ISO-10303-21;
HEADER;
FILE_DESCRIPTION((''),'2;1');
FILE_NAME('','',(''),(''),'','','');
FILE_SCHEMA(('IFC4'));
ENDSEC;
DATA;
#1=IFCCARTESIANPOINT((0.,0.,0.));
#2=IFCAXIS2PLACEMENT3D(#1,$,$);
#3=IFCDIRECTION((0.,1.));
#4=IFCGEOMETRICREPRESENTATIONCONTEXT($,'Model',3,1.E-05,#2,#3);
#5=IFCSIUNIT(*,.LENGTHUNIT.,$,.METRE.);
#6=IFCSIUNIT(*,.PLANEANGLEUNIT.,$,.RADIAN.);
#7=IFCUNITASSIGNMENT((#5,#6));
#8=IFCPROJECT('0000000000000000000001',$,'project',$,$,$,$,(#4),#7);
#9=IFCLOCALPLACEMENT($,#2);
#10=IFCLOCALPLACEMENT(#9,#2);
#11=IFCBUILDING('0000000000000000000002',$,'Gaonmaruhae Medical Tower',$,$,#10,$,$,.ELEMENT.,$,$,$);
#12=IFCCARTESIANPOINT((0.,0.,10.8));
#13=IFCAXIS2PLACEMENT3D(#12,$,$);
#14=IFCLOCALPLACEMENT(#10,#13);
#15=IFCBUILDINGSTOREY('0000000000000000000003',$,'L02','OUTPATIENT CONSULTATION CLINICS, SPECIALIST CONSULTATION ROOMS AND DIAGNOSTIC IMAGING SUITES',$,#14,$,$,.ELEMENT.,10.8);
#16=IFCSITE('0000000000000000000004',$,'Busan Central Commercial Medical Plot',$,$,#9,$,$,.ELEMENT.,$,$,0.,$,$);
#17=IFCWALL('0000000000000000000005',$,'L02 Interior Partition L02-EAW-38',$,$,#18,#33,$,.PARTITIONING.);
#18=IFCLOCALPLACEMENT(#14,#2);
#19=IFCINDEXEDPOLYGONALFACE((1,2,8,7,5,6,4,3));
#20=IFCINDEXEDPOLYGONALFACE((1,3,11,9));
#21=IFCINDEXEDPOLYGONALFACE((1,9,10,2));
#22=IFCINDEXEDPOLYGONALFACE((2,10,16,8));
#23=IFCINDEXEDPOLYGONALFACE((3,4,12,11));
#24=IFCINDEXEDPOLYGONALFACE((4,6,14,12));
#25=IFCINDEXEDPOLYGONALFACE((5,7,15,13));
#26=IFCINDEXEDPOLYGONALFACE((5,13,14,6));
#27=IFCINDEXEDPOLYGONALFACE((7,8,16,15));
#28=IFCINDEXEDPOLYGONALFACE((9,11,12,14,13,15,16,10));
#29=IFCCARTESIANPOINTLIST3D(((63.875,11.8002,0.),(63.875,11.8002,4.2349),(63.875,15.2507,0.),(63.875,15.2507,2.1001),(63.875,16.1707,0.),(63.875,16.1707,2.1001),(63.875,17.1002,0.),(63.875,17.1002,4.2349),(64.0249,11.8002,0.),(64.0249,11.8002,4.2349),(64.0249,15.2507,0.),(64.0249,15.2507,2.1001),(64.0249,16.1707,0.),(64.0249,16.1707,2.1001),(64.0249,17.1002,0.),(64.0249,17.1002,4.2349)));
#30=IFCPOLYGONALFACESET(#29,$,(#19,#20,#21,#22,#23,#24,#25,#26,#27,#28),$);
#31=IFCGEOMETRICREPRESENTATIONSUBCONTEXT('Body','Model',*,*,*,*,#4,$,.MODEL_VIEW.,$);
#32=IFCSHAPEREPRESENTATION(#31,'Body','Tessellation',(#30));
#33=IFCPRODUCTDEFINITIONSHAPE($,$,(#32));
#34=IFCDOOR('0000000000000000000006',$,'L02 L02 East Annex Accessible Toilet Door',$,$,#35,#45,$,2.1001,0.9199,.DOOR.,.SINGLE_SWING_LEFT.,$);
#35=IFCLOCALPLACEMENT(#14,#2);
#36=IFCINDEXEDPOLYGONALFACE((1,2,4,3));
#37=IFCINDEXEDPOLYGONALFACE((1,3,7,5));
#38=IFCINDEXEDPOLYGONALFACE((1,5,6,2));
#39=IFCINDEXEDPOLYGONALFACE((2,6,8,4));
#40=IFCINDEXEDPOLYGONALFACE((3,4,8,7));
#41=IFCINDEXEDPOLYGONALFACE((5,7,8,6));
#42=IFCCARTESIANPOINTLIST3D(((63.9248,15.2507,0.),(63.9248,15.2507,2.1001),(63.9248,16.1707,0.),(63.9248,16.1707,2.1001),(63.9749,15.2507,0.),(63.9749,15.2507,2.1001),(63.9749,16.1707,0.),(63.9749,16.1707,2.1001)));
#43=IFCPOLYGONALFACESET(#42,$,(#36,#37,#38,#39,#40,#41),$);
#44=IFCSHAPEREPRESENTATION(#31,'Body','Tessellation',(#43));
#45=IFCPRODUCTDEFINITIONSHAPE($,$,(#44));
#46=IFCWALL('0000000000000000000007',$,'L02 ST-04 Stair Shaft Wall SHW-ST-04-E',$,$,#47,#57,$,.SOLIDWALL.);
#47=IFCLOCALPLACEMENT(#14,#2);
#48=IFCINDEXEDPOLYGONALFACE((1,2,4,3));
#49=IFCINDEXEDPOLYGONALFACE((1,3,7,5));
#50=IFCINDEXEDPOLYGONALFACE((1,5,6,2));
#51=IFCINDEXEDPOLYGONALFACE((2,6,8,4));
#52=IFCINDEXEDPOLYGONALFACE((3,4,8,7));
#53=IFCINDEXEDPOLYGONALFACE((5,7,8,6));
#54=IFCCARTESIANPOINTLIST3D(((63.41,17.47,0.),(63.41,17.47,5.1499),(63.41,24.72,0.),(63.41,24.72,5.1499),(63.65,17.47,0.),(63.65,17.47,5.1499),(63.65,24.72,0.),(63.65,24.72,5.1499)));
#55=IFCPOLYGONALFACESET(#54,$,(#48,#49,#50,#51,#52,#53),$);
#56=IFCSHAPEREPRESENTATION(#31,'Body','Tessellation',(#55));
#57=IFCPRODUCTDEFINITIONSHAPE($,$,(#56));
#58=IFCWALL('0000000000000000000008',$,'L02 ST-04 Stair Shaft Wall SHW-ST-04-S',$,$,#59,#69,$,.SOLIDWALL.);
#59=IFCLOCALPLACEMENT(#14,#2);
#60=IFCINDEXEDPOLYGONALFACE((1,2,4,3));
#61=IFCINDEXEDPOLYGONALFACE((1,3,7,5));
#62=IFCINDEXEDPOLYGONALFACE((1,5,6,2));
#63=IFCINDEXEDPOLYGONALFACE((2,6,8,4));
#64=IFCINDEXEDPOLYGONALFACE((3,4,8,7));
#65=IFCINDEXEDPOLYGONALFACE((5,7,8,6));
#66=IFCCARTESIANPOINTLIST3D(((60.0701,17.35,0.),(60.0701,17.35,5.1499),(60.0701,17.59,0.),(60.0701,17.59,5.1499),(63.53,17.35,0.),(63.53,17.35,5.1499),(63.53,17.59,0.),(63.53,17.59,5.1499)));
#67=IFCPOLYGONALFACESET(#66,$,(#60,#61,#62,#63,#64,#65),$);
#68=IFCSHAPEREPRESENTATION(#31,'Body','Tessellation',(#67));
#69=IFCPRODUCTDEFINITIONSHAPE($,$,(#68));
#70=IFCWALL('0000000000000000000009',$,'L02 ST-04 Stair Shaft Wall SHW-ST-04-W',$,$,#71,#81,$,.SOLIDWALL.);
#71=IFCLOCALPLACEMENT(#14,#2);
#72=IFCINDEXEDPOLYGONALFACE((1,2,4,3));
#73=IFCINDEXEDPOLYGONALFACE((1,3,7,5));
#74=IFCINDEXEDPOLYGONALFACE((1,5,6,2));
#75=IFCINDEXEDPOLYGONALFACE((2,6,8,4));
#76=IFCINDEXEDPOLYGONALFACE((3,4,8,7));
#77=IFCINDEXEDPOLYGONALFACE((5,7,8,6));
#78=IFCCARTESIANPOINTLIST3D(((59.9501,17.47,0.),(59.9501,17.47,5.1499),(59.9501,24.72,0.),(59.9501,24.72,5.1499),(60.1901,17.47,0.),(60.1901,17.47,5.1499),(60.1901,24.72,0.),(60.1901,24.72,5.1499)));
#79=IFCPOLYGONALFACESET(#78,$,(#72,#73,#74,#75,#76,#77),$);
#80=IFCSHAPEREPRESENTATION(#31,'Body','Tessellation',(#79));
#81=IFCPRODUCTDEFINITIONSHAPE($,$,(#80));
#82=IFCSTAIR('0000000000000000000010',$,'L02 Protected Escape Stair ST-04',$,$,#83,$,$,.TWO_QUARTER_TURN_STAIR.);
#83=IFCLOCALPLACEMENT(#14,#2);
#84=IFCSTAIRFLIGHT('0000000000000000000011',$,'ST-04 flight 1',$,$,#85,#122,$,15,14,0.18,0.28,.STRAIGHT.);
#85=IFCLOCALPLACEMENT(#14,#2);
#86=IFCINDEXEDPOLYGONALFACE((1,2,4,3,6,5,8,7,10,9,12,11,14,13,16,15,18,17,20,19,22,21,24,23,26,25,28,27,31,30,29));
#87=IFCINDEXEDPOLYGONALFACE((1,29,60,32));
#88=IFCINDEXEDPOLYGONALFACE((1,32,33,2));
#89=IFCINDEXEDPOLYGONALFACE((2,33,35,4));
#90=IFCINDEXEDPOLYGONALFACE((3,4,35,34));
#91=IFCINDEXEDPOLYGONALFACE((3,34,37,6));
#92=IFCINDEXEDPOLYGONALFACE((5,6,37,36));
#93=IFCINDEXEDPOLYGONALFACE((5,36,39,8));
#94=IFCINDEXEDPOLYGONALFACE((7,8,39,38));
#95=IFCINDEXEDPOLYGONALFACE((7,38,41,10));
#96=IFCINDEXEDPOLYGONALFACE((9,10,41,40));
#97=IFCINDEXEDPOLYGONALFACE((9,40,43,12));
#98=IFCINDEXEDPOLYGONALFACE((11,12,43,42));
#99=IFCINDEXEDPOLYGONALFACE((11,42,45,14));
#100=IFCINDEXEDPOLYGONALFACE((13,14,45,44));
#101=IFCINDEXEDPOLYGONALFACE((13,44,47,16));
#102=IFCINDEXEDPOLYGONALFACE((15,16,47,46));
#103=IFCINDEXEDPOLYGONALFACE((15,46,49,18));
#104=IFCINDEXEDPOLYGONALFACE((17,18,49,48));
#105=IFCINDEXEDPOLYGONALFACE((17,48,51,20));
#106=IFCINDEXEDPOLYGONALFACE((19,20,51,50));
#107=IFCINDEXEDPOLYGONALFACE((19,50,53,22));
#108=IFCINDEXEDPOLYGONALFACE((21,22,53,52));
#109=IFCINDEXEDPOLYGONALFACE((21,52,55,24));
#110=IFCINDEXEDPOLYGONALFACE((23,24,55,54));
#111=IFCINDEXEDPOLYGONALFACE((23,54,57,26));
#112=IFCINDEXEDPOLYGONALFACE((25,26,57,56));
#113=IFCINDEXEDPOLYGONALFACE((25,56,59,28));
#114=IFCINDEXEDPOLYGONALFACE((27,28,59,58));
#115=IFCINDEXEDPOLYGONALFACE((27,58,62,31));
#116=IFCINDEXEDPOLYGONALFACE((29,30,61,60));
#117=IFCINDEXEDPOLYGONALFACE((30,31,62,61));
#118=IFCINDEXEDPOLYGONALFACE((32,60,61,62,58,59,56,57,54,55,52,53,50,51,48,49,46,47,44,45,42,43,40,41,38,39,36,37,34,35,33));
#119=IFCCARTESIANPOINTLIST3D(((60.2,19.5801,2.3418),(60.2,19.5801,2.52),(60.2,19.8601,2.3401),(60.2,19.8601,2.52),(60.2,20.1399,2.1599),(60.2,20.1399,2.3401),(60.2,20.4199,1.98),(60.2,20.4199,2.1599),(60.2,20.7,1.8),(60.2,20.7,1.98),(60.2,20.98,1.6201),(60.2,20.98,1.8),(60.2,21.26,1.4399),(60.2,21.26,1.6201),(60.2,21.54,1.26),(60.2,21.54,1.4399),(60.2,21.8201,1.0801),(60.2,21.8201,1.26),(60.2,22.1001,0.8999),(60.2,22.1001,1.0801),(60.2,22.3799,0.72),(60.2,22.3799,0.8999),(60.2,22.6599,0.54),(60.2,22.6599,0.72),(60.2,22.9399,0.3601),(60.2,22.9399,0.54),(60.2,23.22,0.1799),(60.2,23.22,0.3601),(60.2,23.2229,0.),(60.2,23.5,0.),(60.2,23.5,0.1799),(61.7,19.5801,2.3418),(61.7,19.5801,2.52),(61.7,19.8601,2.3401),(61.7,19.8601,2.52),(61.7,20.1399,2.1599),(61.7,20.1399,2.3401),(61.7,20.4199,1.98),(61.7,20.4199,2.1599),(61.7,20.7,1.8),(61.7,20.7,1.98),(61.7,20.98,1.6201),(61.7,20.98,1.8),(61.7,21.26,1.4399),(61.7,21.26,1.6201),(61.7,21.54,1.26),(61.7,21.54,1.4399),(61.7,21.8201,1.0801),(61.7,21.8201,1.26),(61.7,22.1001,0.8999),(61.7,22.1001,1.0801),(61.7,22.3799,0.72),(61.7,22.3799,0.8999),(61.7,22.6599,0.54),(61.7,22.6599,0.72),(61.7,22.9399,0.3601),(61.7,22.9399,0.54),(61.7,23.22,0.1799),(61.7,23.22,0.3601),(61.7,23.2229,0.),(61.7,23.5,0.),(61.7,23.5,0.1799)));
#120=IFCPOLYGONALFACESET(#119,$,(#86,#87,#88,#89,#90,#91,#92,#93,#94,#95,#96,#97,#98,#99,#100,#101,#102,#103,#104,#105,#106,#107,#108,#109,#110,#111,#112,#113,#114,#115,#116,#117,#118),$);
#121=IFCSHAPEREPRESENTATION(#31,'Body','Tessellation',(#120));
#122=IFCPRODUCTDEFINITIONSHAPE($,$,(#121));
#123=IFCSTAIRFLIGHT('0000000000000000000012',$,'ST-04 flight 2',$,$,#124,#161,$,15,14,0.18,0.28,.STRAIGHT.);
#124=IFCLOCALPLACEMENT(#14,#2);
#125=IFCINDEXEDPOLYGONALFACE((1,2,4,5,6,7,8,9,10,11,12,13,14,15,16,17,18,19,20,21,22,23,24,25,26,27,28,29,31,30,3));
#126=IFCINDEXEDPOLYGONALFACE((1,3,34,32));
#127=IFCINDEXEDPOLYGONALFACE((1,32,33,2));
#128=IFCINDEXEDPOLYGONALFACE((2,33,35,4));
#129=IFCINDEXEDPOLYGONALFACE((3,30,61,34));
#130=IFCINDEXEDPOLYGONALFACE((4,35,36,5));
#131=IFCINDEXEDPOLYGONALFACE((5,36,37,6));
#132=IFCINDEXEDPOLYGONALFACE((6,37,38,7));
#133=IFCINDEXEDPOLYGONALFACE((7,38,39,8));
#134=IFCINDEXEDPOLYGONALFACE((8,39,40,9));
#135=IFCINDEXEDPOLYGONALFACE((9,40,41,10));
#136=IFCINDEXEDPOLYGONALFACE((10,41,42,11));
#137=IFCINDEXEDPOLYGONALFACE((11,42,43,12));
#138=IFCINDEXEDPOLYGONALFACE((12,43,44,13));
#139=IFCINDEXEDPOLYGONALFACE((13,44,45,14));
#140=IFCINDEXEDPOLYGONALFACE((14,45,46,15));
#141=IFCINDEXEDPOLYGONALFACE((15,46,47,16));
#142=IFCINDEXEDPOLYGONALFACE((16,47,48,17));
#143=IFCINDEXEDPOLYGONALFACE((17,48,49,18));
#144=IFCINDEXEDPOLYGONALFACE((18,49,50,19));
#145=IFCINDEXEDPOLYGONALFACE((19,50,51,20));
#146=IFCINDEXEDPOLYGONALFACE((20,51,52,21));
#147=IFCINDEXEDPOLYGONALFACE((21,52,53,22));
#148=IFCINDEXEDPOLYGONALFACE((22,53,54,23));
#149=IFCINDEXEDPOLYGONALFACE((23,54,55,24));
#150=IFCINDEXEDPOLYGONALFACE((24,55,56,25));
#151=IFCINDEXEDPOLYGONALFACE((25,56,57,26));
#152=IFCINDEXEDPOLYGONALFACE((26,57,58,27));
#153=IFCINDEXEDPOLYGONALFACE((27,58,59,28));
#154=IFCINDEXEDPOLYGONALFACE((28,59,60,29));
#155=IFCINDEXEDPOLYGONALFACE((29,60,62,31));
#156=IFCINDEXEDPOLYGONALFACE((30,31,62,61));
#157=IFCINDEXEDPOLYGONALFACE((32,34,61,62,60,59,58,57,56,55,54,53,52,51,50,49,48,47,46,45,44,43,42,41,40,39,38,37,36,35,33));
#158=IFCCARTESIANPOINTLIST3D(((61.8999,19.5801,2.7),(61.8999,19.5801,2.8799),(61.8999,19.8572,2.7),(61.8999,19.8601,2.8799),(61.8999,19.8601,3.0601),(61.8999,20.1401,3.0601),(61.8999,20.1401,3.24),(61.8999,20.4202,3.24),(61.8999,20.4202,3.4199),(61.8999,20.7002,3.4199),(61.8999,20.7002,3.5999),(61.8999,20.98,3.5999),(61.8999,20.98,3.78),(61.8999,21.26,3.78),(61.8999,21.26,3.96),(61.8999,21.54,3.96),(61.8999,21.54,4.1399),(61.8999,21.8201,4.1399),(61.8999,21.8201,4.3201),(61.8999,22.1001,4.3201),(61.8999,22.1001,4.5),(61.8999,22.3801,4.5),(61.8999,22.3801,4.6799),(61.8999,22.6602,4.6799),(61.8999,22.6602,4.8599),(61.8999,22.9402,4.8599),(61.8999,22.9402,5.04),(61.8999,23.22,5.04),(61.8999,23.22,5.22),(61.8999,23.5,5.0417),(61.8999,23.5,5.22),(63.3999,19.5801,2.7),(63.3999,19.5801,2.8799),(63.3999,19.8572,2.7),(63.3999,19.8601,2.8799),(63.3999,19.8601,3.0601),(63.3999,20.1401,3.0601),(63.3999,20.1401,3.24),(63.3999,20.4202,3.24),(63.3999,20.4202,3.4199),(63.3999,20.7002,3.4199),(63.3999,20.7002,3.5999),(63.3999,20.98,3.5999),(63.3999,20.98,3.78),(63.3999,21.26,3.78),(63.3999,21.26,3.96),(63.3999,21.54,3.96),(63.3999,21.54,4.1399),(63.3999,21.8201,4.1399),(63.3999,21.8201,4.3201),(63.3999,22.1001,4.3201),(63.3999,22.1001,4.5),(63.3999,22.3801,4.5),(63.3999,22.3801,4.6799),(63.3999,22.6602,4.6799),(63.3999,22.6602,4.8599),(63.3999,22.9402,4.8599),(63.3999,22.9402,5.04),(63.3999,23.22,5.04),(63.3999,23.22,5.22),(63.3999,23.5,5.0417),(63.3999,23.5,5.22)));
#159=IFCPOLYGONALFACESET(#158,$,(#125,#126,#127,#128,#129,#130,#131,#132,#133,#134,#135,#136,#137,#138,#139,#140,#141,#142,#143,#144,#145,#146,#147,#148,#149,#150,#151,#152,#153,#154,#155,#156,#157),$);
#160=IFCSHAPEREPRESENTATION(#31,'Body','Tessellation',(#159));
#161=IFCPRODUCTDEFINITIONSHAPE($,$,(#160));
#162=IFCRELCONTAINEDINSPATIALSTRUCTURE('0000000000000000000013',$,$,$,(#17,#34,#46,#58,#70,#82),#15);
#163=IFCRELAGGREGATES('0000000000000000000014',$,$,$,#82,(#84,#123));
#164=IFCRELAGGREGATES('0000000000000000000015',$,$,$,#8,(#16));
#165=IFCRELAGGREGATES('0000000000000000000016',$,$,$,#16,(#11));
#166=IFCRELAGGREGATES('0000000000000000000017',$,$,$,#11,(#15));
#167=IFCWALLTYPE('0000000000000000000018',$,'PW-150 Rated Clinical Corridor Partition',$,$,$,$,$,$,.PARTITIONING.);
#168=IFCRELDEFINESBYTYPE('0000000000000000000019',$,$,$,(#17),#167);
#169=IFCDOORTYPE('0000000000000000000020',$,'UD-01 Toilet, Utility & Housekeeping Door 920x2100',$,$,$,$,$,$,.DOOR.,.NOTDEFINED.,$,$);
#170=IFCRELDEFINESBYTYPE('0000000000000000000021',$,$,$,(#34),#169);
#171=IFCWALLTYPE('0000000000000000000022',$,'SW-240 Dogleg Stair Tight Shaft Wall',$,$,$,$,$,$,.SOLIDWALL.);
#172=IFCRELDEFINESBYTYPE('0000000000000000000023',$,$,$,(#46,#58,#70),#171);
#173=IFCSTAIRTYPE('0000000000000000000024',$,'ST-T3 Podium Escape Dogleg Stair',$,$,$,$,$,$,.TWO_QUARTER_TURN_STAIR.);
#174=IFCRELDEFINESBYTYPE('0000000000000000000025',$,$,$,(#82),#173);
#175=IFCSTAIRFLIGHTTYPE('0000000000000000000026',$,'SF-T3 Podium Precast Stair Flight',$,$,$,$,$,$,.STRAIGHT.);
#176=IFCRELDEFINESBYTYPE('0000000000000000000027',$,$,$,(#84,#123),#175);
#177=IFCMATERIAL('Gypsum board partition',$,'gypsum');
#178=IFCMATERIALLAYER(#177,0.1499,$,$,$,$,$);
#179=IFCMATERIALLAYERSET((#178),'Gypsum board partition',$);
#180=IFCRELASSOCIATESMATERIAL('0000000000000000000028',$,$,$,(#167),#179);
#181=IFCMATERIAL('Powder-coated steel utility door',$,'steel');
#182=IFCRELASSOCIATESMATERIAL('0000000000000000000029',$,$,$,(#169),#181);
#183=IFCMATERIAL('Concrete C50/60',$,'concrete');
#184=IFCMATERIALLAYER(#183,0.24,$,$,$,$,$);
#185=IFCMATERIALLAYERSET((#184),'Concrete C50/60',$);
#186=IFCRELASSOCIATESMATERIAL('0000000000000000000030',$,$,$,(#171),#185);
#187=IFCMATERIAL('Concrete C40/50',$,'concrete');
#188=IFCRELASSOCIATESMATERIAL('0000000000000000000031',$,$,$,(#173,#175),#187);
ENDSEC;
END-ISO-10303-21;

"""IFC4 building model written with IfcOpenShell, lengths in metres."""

from ifc_helpers import new_model, si_unit, direction, frame, frame_2d, origin, place, context, subcontext, project, spatial, polyline, rectangle, outline, extrude, material, layer, layer_set, type_object, element, fill, aggregate, save


model = new_model("IFC4")

# Units and contexts
model_context = context("Model", 3, precision=1e-05, world=origin(), true_north=direction((0.0, 1.0)))
body_context = subcontext(model_context, "Body", "Model", "MODEL_VIEW")
ifc_project = project(units=[si_unit("LENGTHUNIT", "METRE"), si_unit("PLANEANGLEUNIT", "RADIAN")], contexts=[model_context])

# Site, building, storey
site_placement = place(None, origin())
site = spatial("IfcSite", under=ifc_project, at=site_placement, Name="Busan Central Commercial Medical Plot", CompositionType="ELEMENT", RefElevation=0.0)
building_placement = place(site_placement, origin())
building = spatial("IfcBuilding", under=site, at=building_placement, Name="Gaonmaruhae Medical Tower", CompositionType="ELEMENT")
storey_placement = place(building_placement, frame((0.0, 0.0, 10.8)))
storey = spatial("IfcBuildingStorey", under=building, at=storey_placement, Name="L02", Description="OUTPATIENT CONSULTATION CLINICS, SPECIALIST CONSULTATION ROOMS AND DIAGNOSTIC IMAGING SUITES", CompositionType="ELEMENT", Elevation=10.8)

# Shared definitions
ifc_material_1 = material(Name="Concrete C50/60", Category="concrete")

# Shared definitions
ifc_material_2 = material(Name="Gypsum board partition", Category="gypsum")
ifc_layer_1 = layer(ifc_material_2, 0.1499)
ifc_layer_set_1 = layer_set([ifc_layer_1], Name="Gypsum board partition")
wall_type_1 = type_object("IfcWallType", Name="PW-150 Rated Clinical Corridor Partition", PredefinedType="PARTITIONING", material=ifc_layer_set_1)

# Wall, opening, door
wall_1_placement = place(storey_placement, frame((63.95, 17.1001, 0.0), z_axis=(0.0, 0.0, 1.0), x_axis=(0.0, -1.0, 0.0)))
wall_1 = element("IfcWall", 1, at=wall_1_placement, inside=storey, type_object=wall_type_1, Name="L02 Interior Partition L02-EAW-38", PredefinedType="PARTITIONING", context=body_context, shape_type="SweptSolid", body=[
    extrude(rectangle(XDim=5.3, YDim=0.1499, at=frame_2d((2.6499, 0.0))), origin(), (0.0, 0.0, 1.0), 4.2349),
])
opening_1_placement = place(wall_1_placement, frame((0.9294, 0.0, 0.0)))
opening_1 = element("IfcOpeningElement", 2, at=opening_1_placement, cuts=wall_1, PredefinedType="OPENING", context=body_context, shape_type="SweptSolid", body=[
    extrude(rectangle(XDim=0.9199, YDim=2.1001, at=frame_2d((0.46, 1.05))), frame((0.0, 0.085, 0.0), z_axis=(0.0, -1.0, 0.0), x_axis=(1.0, 0.0, 0.0)), (0.0, 0.0, 1.0), 0.1699),
])
ifc_material_3 = material(Name="Powder-coated steel utility door", Category="steel")
door_type_1 = type_object("IfcDoorType", Name="UD-01 Toilet, Utility & Housekeeping Door 920x2100", OperationType="NOTDEFINED", PredefinedType="DOOR", material=ifc_material_3)
door_1_placement = place(opening_1_placement, origin())
door_1 = element("IfcDoor", 3, at=door_1_placement, inside=storey, type_object=door_type_1, Name="L02 L02 East Annex Accessible Toilet Door", OperationType="SINGLE_SWING_LEFT", OverallHeight=2.1001, OverallWidth=0.9199, PredefinedType="DOOR", context=body_context, shape_type="SweptSolid", body=[
    extrude(rectangle(XDim=0.9199, YDim=2.1001, at=frame_2d((0.46, 1.05))), frame((0.0, 0.0249, 0.0), z_axis=(0.0, -1.0, 0.0), x_axis=(1.0, 0.0, 0.0)), (0.0, 0.0, 1.0), 0.05),
])
fill(opening_1, door_1)

# Walls
ifc_layer_2 = layer(ifc_material_1, 0.24)
ifc_layer_set_2 = layer_set([ifc_layer_2], Name="Concrete C50/60")
wall_type_2 = type_object("IfcWallType", Name="SW-240 Dogleg Stair Tight Shaft Wall", PredefinedType="SOLIDWALL", material=ifc_layer_set_2)
wall_2_placement = place(storey_placement, frame((63.53, 24.72, 0.0), z_axis=(0.0, 0.0, 1.0), x_axis=(0.0, -1.0, 0.0)))
element("IfcWall", 4, at=wall_2_placement, inside=storey, type_object=wall_type_2, Name="L02 ST-04 Stair Shaft Wall SHW-ST-04-E", PredefinedType="SOLIDWALL", context=body_context, shape_type="SweptSolid", body=[
    extrude(rectangle(XDim=7.25, YDim=0.24, at=frame_2d((3.625, 0.0))), origin(), (0.0, 0.0, 1.0), 5.1499),
])
wall_3_placement = place(storey_placement, frame((63.53, 17.47, 0.0), z_axis=(0.0, 0.0, 1.0), x_axis=(-1.0, 0.0, 0.0)))
element("IfcWall", 5, at=wall_3_placement, inside=storey, type_object=wall_type_2, Name="L02 ST-04 Stair Shaft Wall SHW-ST-04-S", PredefinedType="SOLIDWALL", context=body_context, shape_type="SweptSolid", body=[
    extrude(rectangle(XDim=3.46, YDim=0.24, at=frame_2d((1.73, 0.0))), origin(), (0.0, 0.0, 1.0), 5.1499),
])
wall_4_placement = place(storey_placement, frame((60.0701, 17.47, 0.0), z_axis=(0.0, 0.0, 1.0), x_axis=(0.0, 1.0, 0.0)))
element("IfcWall", 6, at=wall_4_placement, inside=storey, type_object=wall_type_2, Name="L02 ST-04 Stair Shaft Wall SHW-ST-04-W", PredefinedType="SOLIDWALL", context=body_context, shape_type="SweptSolid", body=[
    extrude(rectangle(XDim=7.25, YDim=0.24, at=frame_2d((3.625, 0.0))), origin(), (0.0, 0.0, 1.0), 5.1499),
])

# Stair, stair flights
ifc_material_4 = material(Name="Concrete C40/50", Category="concrete")
stair_type = type_object("IfcStairType", Name="ST-T3 Podium Escape Dogleg Stair", PredefinedType="TWO_QUARTER_TURN_STAIR", material=ifc_material_4)
stair_placement = place(storey_placement, origin())
stair = element("IfcStair", 7, at=stair_placement, inside=storey, type_object=stair_type, Name="L02 Protected Escape Stair ST-04", PredefinedType="TWO_QUARTER_TURN_STAIR")
stair_flight_type = type_object("IfcStairFlightType", Name="SF-T3 Podium Precast Stair Flight", PredefinedType="STRAIGHT", material=ifc_material_4)
stair_flight_1_placement = place(storey_placement, frame((60.95, 23.5, 0.0), z_axis=(0.0, 0.0, 1.0), x_axis=(0.0, -1.0, 0.0)))
stair_flight_1 = element("IfcStairFlight", 8, at=stair_flight_1_placement, type_object=stair_flight_type, Name="ST-04 flight 1", NumberOfRisers=15, NumberOfTreads=14, PredefinedType="STRAIGHT", RiserHeight=0.18, TreadLength=0.28, context=body_context, shape_type="SweptSolid", body=[
    extrude(outline(polyline([(0.0, 0.0), (0.0, 0.1799), (0.28, 0.1799), (0.28, 0.3601), (0.5601, 0.3601), (0.5601, 0.54), (0.8401, 0.54), (0.8401, 0.72), (1.1201, 0.72), (1.1201, 0.8999), (1.3999, 0.8999), (1.3999, 1.0801), (1.6799, 1.0801), (1.6799, 1.26), (1.96, 1.26), (1.96, 1.4399), (2.24, 1.4399), (2.24, 1.6201), (2.52, 1.6201), (2.52, 1.8), (2.8, 1.8), (2.8, 1.98), (3.0801, 1.98), (3.0801, 2.1599), (3.3601, 2.1599), (3.3601, 2.3401), (3.6399, 2.3401), (3.6399, 2.52), (3.9199, 2.52), (3.9199, 2.7), (3.9199, 2.3418), (0.2771, 0.0), (0.0, 0.0)])), frame((0.0, 0.75, 0.0), z_axis=(0.0, -1.0, 0.0), x_axis=(1.0, 0.0, 0.0)), (0.0, 0.0, 1.0), 1.5),
])
stair_flight_2_placement = place(storey_placement, frame((62.6499, 19.5801, 2.7), z_axis=(0.0, 0.0, 1.0), x_axis=(0.0, 1.0, 0.0)))
stair_flight_2 = element("IfcStairFlight", 9, at=stair_flight_2_placement, type_object=stair_flight_type, Name="ST-04 flight 2", NumberOfRisers=15, NumberOfTreads=14, PredefinedType="STRAIGHT", RiserHeight=0.18, TreadLength=0.28, context=body_context, shape_type="SweptSolid", body=[
    extrude(outline(polyline([(0.0, 0.0), (0.0, 0.1799), (0.28, 0.1799), (0.28, 0.3601), (0.5601, 0.3601), (0.5601, 0.54), (0.8401, 0.54), (0.8401, 0.72), (1.1201, 0.72), (1.1201, 0.8999), (1.3999, 0.8999), (1.3999, 1.0801), (1.6799, 1.0801), (1.6799, 1.26), (1.96, 1.26), (1.96, 1.4399), (2.24, 1.4399), (2.24, 1.6201), (2.52, 1.6201), (2.52, 1.8), (2.8, 1.8), (2.8, 1.98), (3.0801, 1.98), (3.0801, 2.1599), (3.3601, 2.1599), (3.3601, 2.3401), (3.6399, 2.3401), (3.6399, 2.52), (3.9199, 2.52), (3.9199, 2.7), (3.9199, 2.3418), (0.2771, 0.0), (0.0, 0.0)])), frame((0.0, 0.75, 0.0), z_axis=(0.0, -1.0, 0.0), x_axis=(1.0, 0.0, 0.0)), (0.0, 0.0, 1.0), 1.5),
])
aggregate(stair, [stair_flight_1, stair_flight_2])

save(model, "model.ifc")
